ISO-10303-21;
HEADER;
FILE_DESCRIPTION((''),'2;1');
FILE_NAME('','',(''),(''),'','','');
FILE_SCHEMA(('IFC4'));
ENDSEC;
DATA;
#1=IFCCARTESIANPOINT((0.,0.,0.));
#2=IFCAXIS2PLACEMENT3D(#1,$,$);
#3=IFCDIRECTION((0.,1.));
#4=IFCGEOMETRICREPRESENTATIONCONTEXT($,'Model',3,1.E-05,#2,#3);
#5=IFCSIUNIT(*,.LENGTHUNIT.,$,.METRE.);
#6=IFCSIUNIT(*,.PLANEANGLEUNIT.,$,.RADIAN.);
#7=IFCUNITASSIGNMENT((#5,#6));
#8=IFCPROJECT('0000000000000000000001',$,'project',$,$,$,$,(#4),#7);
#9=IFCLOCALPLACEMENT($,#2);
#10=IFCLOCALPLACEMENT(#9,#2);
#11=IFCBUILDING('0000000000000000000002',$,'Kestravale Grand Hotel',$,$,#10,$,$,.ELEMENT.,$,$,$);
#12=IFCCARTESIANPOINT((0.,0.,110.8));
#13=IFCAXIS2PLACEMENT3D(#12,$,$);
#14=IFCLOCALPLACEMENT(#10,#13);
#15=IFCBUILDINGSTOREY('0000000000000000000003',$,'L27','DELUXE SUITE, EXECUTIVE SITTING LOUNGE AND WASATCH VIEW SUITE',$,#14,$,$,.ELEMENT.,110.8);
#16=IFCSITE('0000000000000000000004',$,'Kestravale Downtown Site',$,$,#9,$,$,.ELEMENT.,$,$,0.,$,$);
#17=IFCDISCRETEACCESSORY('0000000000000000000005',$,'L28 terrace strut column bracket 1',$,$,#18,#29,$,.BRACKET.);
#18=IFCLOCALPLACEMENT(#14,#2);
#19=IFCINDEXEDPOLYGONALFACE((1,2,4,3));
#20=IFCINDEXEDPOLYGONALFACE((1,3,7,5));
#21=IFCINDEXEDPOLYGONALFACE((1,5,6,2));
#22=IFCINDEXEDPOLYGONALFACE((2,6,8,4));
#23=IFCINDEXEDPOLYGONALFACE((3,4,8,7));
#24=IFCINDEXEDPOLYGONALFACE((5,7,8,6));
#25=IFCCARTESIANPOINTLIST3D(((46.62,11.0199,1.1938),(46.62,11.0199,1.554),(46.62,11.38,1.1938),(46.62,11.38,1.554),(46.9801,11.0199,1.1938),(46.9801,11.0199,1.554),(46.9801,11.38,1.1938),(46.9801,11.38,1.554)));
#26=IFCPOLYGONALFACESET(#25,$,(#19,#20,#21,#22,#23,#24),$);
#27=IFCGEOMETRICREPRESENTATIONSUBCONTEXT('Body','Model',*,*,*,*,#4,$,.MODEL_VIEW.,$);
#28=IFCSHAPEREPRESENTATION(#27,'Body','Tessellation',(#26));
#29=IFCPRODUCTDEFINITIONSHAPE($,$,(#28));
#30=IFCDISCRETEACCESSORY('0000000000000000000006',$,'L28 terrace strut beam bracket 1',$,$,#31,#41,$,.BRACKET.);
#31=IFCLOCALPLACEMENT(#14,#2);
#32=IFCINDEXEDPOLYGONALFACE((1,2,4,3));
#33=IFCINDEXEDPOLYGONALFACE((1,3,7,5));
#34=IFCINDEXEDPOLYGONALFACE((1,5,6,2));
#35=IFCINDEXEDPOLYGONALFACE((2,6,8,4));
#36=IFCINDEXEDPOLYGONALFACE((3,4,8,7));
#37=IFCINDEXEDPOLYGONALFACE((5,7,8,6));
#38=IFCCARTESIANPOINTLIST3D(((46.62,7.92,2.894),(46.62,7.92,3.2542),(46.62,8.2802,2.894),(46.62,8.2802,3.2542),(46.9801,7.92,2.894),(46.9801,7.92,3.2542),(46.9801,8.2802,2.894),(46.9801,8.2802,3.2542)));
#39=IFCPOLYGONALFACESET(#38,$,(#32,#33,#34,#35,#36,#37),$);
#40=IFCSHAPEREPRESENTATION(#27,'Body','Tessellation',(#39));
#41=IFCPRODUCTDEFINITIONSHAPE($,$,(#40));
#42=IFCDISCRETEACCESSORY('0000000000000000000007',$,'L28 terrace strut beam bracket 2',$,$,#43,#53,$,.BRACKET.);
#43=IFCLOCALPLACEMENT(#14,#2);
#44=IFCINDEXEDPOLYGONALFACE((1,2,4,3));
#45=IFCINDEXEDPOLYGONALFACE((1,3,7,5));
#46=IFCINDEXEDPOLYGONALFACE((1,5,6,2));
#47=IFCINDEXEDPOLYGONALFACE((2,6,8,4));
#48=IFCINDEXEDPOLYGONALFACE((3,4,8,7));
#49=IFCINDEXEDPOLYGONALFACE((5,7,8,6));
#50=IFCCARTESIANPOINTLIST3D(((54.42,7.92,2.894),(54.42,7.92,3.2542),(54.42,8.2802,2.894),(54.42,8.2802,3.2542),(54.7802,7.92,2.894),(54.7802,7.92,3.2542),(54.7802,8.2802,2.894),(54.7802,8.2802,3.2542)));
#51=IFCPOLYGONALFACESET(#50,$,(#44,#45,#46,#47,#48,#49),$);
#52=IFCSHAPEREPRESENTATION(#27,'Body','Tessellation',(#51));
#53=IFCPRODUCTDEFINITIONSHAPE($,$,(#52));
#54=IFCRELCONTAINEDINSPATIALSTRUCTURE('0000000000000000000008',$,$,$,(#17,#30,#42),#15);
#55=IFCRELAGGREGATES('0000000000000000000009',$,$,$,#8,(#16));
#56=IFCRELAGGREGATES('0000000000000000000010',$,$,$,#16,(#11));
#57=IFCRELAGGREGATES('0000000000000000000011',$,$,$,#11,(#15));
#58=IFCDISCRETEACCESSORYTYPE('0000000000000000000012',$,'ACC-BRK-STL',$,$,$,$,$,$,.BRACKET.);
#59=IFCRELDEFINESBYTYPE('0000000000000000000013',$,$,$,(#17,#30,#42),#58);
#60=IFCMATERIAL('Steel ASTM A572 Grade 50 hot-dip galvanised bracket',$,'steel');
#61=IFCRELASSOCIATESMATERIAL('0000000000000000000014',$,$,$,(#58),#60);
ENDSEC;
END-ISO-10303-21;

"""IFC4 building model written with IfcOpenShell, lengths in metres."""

from ifc_helpers import new_model, si_unit, direction, frame, origin, origin_2d, place, context, subcontext, project, spatial, rectangle, extrude, material, type_object, element, save


model = new_model("IFC4")

# Units and contexts
model_context = context("Model", 3, precision=1e-05, world=origin(), true_north=direction((0.0, 1.0)))
body_context = subcontext(model_context, "Body", "Model", "MODEL_VIEW")
ifc_project = project(units=[si_unit("LENGTHUNIT", "METRE"), si_unit("PLANEANGLEUNIT", "RADIAN")], contexts=[model_context])

# Site, building, storey
site_placement = place(None, origin())
site = spatial("IfcSite", under=ifc_project, at=site_placement, Name="Kestravale Downtown Site", CompositionType="ELEMENT", RefElevation=0.0)
building_placement = place(site_placement, origin())
building = spatial("IfcBuilding", under=site, at=building_placement, Name="Kestravale Grand Hotel", CompositionType="ELEMENT")
storey_placement = place(building_placement, frame((0.0, 0.0, 110.8)))
storey = spatial("IfcBuildingStorey", under=building, at=storey_placement, Name="L27", Description="DELUXE SUITE, EXECUTIVE SITTING LOUNGE AND WASATCH VIEW SUITE", CompositionType="ELEMENT", Elevation=110.8)

# Discrete accessories
ifc_material_1 = material(Name="Steel ASTM A572 Grade 50 hot-dip galvanised bracket", Category="steel")
discrete_accessory_type = type_object("IfcDiscreteAccessoryType", Name="ACC-BRK-STL", PredefinedType="BRACKET", material=ifc_material_1)
for number, where, z_axis, x_axis, name in (
    (1, (46.8, 11.2, 1.1938), (0.0, 0.0, 1.0), (1.0, 0.0, 0.0), "L28 terrace strut column bracket 1"),
    (2, (46.8, 8.1001, 2.894), (0.0, 0.0, 1.0), (1.0, 0.0, 0.0), "L28 terrace strut beam bracket 1"),
    (3, (54.6001, 8.1001, 2.894), (0.0, 0.0, 1.0), (1.0, 0.0, 0.0), "L28 terrace strut beam bracket 2"),
):
    element("IfcDiscreteAccessory", number, at=place(storey_placement, frame(where, z_axis=z_axis, x_axis=x_axis)), inside=storey, type_object=discrete_accessory_type, Name=name, PredefinedType="BRACKET", context=body_context, shape_type="SweptSolid", body=[
        extrude(rectangle(XDim=0.3601, YDim=0.3601, at=origin_2d()), origin(), (0.0, 0.0, 1.0), 0.3601),
    ])

save(model, "model.ifc")
